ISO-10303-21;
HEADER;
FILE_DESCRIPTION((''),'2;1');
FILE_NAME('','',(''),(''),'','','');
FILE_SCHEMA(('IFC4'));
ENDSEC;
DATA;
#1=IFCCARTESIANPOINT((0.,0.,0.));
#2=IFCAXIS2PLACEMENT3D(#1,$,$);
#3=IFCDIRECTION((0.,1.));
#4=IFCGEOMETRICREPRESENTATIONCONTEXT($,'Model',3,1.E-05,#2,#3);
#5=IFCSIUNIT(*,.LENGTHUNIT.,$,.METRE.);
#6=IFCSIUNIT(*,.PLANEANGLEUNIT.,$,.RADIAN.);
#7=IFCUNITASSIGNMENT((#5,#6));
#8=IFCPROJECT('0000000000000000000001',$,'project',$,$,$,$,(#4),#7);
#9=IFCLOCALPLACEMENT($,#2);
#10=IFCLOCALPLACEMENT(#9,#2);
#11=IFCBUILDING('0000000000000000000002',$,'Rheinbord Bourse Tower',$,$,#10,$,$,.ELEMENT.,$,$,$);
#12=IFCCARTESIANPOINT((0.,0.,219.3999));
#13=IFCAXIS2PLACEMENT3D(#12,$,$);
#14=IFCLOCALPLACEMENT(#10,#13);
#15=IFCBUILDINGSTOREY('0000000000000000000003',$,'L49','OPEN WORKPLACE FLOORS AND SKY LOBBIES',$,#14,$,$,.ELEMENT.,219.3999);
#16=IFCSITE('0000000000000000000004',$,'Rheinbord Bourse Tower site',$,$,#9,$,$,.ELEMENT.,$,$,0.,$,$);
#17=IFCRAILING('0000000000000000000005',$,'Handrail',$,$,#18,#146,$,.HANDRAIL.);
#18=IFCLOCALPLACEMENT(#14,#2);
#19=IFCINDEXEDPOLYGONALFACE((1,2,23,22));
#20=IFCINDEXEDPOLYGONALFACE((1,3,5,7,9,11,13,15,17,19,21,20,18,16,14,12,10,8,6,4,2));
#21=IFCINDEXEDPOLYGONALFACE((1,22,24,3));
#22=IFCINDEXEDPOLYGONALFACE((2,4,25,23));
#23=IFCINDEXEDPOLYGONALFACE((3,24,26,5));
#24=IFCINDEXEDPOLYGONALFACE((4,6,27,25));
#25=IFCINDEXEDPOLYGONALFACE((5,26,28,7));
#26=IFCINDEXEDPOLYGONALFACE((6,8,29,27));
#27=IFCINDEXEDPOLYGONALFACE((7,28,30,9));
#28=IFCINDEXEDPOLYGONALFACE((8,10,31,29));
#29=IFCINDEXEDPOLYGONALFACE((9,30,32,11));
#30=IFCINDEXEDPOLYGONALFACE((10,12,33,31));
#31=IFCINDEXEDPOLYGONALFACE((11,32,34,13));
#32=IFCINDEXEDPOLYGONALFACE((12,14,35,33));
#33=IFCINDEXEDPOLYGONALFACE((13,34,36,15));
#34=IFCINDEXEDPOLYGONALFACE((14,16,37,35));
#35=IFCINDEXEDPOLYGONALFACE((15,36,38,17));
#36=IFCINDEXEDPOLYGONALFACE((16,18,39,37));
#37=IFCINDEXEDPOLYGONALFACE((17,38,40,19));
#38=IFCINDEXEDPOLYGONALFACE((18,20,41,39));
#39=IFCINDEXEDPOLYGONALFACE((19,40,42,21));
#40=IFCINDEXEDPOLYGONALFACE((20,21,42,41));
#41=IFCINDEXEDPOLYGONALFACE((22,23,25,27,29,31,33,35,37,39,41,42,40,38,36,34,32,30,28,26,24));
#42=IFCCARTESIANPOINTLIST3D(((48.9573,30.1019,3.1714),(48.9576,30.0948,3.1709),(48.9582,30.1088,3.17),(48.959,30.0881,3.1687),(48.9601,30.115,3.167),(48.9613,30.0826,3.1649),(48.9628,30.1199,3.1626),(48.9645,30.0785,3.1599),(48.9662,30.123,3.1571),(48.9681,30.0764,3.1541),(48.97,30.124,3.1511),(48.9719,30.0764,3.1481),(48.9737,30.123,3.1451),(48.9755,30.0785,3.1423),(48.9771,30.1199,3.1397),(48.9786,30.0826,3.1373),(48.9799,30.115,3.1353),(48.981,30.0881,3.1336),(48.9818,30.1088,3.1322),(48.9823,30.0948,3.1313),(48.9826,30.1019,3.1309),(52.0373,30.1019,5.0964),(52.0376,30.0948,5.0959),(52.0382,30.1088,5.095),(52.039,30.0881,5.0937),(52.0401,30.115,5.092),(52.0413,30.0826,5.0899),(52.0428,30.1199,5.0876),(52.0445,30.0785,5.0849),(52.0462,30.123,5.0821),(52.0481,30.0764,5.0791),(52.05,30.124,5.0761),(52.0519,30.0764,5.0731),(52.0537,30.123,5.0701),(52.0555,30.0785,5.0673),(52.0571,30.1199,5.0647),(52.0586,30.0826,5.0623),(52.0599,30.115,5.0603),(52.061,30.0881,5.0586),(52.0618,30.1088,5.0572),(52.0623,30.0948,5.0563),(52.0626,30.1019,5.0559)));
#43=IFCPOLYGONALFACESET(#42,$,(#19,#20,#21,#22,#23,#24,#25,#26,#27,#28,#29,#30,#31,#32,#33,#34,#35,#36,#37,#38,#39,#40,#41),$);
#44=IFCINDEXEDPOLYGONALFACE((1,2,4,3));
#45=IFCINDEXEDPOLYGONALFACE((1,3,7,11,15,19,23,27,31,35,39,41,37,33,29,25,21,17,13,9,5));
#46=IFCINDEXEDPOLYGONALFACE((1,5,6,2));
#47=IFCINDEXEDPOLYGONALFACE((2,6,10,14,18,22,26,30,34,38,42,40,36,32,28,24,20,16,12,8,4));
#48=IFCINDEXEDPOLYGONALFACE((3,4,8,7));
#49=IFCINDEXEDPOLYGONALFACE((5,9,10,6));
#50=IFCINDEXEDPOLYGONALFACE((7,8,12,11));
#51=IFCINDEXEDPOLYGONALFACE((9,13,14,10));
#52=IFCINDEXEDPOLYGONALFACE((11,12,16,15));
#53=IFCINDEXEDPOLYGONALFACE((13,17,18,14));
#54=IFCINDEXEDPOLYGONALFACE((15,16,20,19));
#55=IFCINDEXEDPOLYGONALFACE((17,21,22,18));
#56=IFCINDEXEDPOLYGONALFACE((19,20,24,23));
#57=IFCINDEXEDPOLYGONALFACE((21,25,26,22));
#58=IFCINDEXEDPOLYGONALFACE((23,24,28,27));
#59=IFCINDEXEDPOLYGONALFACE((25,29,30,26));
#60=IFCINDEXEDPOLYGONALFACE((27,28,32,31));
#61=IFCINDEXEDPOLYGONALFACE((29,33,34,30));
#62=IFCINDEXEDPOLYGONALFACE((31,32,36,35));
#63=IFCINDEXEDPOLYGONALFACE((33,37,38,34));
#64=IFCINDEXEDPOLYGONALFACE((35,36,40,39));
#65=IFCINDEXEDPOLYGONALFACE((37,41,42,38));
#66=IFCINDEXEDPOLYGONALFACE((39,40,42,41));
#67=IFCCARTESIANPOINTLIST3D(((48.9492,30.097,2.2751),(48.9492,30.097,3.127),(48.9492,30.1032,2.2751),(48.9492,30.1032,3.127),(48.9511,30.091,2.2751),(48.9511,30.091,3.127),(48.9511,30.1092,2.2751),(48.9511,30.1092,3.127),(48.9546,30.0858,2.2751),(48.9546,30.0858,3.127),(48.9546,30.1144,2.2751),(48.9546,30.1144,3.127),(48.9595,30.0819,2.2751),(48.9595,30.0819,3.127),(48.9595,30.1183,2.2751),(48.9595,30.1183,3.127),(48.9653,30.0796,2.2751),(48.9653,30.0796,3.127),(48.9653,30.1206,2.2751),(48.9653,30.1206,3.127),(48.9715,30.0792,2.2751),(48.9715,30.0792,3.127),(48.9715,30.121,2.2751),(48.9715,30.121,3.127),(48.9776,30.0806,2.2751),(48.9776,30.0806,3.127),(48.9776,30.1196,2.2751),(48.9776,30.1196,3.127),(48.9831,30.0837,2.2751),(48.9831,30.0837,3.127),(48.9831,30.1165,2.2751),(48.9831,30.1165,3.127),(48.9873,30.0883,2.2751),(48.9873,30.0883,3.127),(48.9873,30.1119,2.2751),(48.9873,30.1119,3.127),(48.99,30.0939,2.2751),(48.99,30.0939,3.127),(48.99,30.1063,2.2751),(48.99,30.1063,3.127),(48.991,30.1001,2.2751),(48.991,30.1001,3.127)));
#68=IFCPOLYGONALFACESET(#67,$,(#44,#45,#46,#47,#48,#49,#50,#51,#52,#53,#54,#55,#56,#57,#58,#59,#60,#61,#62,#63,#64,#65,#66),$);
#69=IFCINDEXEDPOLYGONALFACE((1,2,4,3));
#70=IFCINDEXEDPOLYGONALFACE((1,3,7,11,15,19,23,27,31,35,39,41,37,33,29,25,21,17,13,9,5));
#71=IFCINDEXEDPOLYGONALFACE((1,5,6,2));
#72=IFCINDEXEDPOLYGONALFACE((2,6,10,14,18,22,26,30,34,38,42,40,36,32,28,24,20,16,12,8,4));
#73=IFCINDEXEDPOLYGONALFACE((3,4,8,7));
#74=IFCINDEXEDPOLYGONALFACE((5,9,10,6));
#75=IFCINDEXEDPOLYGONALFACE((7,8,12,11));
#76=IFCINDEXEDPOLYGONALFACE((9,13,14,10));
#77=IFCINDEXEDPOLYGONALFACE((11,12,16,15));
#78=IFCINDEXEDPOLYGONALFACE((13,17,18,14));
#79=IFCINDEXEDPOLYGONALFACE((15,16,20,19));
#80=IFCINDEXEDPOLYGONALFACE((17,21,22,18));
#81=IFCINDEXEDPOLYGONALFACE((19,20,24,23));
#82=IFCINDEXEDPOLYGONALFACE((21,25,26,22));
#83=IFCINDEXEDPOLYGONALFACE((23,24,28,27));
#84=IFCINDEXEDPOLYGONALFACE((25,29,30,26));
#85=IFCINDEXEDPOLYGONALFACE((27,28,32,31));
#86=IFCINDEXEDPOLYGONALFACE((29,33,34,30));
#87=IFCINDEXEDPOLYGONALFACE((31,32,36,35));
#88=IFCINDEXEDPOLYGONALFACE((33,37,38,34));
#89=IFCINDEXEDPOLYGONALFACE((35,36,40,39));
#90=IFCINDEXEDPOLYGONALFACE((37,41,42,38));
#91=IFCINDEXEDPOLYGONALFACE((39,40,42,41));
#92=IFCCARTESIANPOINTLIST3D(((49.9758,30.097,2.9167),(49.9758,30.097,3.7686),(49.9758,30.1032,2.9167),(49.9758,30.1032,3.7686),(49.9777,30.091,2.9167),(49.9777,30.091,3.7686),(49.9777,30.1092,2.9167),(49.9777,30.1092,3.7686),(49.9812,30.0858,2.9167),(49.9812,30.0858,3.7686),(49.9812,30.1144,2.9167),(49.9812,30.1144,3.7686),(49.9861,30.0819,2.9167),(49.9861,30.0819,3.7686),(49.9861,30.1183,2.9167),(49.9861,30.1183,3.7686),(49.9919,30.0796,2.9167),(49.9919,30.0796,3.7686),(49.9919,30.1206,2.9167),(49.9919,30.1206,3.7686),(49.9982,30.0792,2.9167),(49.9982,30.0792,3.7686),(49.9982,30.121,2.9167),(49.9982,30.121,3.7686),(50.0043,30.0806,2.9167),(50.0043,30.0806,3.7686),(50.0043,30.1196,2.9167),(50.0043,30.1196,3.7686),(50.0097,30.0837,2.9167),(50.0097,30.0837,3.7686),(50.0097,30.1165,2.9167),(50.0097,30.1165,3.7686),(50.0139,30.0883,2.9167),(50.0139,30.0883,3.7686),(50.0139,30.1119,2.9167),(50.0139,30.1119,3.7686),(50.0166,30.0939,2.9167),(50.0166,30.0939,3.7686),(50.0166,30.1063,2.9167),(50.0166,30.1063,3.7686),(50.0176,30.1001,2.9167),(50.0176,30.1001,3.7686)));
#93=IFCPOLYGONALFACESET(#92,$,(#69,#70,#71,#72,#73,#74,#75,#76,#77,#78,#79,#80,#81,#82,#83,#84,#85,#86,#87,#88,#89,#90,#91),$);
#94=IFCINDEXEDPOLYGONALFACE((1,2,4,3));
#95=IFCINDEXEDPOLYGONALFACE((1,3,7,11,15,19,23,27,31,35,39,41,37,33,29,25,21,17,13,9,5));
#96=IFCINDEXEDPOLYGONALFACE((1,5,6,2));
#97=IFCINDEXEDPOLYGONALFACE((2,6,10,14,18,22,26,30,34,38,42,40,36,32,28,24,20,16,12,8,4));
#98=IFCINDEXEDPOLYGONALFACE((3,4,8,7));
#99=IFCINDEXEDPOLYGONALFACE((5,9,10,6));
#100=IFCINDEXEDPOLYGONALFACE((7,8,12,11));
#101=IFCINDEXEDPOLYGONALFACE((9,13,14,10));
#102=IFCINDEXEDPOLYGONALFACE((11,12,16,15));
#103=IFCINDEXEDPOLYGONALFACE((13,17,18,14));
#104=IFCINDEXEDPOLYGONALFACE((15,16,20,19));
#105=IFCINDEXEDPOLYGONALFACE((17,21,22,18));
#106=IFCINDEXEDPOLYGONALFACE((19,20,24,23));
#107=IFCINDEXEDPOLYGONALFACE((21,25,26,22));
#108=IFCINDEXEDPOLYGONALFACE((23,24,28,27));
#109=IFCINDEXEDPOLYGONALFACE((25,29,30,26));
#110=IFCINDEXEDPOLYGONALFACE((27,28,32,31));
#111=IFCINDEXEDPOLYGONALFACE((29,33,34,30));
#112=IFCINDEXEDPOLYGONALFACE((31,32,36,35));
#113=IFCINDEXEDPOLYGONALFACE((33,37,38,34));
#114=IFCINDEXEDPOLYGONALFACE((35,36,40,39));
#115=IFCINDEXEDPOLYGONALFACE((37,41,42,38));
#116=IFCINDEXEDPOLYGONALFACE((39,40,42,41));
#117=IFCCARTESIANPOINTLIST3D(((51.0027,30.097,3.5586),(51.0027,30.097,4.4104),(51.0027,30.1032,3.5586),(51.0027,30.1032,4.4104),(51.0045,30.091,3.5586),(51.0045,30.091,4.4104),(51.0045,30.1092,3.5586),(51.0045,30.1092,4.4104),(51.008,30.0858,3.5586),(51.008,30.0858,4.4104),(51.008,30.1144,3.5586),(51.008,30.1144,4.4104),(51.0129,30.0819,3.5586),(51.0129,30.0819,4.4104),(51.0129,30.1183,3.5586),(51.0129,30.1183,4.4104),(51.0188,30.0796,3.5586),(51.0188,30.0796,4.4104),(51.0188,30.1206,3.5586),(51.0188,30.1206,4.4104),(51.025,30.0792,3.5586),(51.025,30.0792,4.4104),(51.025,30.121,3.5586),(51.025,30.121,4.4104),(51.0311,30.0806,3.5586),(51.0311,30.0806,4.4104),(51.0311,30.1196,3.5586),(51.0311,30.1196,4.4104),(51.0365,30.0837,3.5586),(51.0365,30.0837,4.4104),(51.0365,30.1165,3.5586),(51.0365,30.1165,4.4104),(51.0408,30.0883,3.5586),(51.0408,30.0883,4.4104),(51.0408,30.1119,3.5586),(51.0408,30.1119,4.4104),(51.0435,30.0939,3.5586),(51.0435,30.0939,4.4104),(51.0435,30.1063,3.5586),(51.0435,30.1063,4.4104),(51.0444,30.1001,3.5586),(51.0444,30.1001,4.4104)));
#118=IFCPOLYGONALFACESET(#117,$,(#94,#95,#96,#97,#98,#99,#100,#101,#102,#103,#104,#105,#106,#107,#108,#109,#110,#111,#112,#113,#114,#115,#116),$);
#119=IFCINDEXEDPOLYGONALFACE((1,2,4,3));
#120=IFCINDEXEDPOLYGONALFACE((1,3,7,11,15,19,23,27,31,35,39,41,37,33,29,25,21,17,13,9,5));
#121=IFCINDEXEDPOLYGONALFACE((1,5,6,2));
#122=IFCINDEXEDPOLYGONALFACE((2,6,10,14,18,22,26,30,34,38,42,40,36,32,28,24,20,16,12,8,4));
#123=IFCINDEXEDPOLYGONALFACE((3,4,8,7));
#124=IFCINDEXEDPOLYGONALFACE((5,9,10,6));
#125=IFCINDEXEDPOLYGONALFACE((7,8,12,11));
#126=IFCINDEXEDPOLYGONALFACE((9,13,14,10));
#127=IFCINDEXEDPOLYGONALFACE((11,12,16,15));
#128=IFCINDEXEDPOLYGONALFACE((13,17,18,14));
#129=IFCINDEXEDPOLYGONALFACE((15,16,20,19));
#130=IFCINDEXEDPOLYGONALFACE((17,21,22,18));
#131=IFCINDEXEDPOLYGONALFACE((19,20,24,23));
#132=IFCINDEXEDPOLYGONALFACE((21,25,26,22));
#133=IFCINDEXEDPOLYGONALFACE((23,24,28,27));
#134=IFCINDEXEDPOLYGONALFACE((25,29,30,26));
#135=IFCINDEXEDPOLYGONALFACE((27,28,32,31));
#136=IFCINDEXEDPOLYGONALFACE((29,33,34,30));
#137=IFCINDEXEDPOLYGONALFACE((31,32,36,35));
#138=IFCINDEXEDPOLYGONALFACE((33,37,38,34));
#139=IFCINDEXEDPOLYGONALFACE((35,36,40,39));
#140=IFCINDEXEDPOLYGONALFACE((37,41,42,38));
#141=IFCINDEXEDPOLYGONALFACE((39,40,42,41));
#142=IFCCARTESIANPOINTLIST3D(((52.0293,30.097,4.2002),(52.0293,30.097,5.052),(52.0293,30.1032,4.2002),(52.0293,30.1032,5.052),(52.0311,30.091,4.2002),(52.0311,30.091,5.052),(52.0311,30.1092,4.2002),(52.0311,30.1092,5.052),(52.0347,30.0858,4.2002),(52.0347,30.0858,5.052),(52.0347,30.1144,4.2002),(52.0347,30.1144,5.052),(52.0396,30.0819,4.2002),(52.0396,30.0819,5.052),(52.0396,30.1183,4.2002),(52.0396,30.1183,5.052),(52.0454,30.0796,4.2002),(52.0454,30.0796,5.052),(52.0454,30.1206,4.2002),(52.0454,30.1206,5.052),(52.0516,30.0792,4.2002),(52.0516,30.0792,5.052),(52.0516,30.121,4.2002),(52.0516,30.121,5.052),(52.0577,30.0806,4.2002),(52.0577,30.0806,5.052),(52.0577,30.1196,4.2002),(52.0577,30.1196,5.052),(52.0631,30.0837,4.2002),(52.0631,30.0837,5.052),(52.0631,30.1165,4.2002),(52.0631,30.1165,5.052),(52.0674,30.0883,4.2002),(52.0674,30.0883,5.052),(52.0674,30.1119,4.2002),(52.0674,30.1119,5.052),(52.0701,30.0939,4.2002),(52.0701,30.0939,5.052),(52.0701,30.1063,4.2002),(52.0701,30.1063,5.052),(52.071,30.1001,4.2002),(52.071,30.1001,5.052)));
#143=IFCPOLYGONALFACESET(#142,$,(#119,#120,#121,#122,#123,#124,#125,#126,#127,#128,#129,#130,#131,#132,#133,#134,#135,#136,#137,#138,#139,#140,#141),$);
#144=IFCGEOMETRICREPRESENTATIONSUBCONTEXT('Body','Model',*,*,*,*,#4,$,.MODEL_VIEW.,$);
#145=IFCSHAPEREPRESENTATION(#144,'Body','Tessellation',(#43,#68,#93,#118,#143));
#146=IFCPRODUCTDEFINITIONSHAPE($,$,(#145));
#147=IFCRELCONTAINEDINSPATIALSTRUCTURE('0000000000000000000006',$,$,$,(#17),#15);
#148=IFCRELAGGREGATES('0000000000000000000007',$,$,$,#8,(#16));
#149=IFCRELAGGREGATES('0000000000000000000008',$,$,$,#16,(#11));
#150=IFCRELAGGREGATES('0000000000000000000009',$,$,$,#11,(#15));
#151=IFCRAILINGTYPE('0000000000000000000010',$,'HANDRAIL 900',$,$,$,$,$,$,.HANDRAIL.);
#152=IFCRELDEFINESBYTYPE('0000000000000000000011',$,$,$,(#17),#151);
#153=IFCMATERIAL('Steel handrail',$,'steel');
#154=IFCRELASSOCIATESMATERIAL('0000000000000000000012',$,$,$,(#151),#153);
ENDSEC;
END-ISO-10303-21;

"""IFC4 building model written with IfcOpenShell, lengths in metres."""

from ifc_helpers import new_model, si_unit, direction, frame, origin, origin_2d, place, context, subcontext, project, spatial, circle, extrude, material, type_object, element, save


model = new_model("IFC4")

# Units and contexts
model_context = context("Model", 3, precision=1e-05, world=origin(), true_north=direction((0.0, 1.0)))
body_context = subcontext(model_context, "Body", "Model", "MODEL_VIEW")
ifc_project = project(units=[si_unit("LENGTHUNIT", "METRE"), si_unit("PLANEANGLEUNIT", "RADIAN")], contexts=[model_context])

# Site, building, storey
site_placement = place(None, origin())
site = spatial("IfcSite", under=ifc_project, at=site_placement, Name="Rheinbord Bourse Tower site", CompositionType="ELEMENT", RefElevation=0.0)
building_placement = place(site_placement, origin())
building = spatial("IfcBuilding", under=site, at=building_placement, Name="Rheinbord Bourse Tower", CompositionType="ELEMENT")
storey_placement = place(building_placement, frame((0.0, 0.0, 219.3999)))
storey = spatial("IfcBuildingStorey", under=building, at=storey_placement, Name="L49", Description="OPEN WORKPLACE FLOORS AND SKY LOBBIES", CompositionType="ELEMENT", Elevation=219.3999)

# Railing
ifc_material_1 = material(Name="Steel handrail", Category="steel")
railing_type = type_object("IfcRailingType", Name="HANDRAIL 900", PredefinedType="HANDRAIL", material=ifc_material_1)
railing_1_placement = place(storey_placement, frame((48.97, 30.1001, 2.2751)))
element("IfcRailing", 1, at=railing_1_placement, inside=storey, type_object=railing_type, Name="Handrail", PredefinedType="HANDRAIL", context=body_context, shape_type="SweptSolid", body=[
    extrude(circle(Radius=0.0239, at=origin_2d()), frame((0.0, 0.0, 0.876), z_axis=(0.847998, 0.0, 0.529999), x_axis=(0.0, 1.0, 0.0)), (0.0, 0.0, 1.0), 3.6321),
    extrude(circle(Radius=0.021, at=origin_2d()), origin(), (0.0, 0.0, 1.0), 0.8518),
    extrude(circle(Radius=0.021, at=origin_2d()), frame((1.0266, 0.0, 0.6416)), (0.0, 0.0, 1.0), 0.8518),
    extrude(circle(Radius=0.021, at=origin_2d()), frame((2.0535, 0.0, 1.2834)), (0.0, 0.0, 1.0), 0.8518),
    extrude(circle(Radius=0.021, at=origin_2d()), frame((3.0801, 0.0, 1.925)), (0.0, 0.0, 1.0), 0.8518),
])

save(model, "model.ifc")
